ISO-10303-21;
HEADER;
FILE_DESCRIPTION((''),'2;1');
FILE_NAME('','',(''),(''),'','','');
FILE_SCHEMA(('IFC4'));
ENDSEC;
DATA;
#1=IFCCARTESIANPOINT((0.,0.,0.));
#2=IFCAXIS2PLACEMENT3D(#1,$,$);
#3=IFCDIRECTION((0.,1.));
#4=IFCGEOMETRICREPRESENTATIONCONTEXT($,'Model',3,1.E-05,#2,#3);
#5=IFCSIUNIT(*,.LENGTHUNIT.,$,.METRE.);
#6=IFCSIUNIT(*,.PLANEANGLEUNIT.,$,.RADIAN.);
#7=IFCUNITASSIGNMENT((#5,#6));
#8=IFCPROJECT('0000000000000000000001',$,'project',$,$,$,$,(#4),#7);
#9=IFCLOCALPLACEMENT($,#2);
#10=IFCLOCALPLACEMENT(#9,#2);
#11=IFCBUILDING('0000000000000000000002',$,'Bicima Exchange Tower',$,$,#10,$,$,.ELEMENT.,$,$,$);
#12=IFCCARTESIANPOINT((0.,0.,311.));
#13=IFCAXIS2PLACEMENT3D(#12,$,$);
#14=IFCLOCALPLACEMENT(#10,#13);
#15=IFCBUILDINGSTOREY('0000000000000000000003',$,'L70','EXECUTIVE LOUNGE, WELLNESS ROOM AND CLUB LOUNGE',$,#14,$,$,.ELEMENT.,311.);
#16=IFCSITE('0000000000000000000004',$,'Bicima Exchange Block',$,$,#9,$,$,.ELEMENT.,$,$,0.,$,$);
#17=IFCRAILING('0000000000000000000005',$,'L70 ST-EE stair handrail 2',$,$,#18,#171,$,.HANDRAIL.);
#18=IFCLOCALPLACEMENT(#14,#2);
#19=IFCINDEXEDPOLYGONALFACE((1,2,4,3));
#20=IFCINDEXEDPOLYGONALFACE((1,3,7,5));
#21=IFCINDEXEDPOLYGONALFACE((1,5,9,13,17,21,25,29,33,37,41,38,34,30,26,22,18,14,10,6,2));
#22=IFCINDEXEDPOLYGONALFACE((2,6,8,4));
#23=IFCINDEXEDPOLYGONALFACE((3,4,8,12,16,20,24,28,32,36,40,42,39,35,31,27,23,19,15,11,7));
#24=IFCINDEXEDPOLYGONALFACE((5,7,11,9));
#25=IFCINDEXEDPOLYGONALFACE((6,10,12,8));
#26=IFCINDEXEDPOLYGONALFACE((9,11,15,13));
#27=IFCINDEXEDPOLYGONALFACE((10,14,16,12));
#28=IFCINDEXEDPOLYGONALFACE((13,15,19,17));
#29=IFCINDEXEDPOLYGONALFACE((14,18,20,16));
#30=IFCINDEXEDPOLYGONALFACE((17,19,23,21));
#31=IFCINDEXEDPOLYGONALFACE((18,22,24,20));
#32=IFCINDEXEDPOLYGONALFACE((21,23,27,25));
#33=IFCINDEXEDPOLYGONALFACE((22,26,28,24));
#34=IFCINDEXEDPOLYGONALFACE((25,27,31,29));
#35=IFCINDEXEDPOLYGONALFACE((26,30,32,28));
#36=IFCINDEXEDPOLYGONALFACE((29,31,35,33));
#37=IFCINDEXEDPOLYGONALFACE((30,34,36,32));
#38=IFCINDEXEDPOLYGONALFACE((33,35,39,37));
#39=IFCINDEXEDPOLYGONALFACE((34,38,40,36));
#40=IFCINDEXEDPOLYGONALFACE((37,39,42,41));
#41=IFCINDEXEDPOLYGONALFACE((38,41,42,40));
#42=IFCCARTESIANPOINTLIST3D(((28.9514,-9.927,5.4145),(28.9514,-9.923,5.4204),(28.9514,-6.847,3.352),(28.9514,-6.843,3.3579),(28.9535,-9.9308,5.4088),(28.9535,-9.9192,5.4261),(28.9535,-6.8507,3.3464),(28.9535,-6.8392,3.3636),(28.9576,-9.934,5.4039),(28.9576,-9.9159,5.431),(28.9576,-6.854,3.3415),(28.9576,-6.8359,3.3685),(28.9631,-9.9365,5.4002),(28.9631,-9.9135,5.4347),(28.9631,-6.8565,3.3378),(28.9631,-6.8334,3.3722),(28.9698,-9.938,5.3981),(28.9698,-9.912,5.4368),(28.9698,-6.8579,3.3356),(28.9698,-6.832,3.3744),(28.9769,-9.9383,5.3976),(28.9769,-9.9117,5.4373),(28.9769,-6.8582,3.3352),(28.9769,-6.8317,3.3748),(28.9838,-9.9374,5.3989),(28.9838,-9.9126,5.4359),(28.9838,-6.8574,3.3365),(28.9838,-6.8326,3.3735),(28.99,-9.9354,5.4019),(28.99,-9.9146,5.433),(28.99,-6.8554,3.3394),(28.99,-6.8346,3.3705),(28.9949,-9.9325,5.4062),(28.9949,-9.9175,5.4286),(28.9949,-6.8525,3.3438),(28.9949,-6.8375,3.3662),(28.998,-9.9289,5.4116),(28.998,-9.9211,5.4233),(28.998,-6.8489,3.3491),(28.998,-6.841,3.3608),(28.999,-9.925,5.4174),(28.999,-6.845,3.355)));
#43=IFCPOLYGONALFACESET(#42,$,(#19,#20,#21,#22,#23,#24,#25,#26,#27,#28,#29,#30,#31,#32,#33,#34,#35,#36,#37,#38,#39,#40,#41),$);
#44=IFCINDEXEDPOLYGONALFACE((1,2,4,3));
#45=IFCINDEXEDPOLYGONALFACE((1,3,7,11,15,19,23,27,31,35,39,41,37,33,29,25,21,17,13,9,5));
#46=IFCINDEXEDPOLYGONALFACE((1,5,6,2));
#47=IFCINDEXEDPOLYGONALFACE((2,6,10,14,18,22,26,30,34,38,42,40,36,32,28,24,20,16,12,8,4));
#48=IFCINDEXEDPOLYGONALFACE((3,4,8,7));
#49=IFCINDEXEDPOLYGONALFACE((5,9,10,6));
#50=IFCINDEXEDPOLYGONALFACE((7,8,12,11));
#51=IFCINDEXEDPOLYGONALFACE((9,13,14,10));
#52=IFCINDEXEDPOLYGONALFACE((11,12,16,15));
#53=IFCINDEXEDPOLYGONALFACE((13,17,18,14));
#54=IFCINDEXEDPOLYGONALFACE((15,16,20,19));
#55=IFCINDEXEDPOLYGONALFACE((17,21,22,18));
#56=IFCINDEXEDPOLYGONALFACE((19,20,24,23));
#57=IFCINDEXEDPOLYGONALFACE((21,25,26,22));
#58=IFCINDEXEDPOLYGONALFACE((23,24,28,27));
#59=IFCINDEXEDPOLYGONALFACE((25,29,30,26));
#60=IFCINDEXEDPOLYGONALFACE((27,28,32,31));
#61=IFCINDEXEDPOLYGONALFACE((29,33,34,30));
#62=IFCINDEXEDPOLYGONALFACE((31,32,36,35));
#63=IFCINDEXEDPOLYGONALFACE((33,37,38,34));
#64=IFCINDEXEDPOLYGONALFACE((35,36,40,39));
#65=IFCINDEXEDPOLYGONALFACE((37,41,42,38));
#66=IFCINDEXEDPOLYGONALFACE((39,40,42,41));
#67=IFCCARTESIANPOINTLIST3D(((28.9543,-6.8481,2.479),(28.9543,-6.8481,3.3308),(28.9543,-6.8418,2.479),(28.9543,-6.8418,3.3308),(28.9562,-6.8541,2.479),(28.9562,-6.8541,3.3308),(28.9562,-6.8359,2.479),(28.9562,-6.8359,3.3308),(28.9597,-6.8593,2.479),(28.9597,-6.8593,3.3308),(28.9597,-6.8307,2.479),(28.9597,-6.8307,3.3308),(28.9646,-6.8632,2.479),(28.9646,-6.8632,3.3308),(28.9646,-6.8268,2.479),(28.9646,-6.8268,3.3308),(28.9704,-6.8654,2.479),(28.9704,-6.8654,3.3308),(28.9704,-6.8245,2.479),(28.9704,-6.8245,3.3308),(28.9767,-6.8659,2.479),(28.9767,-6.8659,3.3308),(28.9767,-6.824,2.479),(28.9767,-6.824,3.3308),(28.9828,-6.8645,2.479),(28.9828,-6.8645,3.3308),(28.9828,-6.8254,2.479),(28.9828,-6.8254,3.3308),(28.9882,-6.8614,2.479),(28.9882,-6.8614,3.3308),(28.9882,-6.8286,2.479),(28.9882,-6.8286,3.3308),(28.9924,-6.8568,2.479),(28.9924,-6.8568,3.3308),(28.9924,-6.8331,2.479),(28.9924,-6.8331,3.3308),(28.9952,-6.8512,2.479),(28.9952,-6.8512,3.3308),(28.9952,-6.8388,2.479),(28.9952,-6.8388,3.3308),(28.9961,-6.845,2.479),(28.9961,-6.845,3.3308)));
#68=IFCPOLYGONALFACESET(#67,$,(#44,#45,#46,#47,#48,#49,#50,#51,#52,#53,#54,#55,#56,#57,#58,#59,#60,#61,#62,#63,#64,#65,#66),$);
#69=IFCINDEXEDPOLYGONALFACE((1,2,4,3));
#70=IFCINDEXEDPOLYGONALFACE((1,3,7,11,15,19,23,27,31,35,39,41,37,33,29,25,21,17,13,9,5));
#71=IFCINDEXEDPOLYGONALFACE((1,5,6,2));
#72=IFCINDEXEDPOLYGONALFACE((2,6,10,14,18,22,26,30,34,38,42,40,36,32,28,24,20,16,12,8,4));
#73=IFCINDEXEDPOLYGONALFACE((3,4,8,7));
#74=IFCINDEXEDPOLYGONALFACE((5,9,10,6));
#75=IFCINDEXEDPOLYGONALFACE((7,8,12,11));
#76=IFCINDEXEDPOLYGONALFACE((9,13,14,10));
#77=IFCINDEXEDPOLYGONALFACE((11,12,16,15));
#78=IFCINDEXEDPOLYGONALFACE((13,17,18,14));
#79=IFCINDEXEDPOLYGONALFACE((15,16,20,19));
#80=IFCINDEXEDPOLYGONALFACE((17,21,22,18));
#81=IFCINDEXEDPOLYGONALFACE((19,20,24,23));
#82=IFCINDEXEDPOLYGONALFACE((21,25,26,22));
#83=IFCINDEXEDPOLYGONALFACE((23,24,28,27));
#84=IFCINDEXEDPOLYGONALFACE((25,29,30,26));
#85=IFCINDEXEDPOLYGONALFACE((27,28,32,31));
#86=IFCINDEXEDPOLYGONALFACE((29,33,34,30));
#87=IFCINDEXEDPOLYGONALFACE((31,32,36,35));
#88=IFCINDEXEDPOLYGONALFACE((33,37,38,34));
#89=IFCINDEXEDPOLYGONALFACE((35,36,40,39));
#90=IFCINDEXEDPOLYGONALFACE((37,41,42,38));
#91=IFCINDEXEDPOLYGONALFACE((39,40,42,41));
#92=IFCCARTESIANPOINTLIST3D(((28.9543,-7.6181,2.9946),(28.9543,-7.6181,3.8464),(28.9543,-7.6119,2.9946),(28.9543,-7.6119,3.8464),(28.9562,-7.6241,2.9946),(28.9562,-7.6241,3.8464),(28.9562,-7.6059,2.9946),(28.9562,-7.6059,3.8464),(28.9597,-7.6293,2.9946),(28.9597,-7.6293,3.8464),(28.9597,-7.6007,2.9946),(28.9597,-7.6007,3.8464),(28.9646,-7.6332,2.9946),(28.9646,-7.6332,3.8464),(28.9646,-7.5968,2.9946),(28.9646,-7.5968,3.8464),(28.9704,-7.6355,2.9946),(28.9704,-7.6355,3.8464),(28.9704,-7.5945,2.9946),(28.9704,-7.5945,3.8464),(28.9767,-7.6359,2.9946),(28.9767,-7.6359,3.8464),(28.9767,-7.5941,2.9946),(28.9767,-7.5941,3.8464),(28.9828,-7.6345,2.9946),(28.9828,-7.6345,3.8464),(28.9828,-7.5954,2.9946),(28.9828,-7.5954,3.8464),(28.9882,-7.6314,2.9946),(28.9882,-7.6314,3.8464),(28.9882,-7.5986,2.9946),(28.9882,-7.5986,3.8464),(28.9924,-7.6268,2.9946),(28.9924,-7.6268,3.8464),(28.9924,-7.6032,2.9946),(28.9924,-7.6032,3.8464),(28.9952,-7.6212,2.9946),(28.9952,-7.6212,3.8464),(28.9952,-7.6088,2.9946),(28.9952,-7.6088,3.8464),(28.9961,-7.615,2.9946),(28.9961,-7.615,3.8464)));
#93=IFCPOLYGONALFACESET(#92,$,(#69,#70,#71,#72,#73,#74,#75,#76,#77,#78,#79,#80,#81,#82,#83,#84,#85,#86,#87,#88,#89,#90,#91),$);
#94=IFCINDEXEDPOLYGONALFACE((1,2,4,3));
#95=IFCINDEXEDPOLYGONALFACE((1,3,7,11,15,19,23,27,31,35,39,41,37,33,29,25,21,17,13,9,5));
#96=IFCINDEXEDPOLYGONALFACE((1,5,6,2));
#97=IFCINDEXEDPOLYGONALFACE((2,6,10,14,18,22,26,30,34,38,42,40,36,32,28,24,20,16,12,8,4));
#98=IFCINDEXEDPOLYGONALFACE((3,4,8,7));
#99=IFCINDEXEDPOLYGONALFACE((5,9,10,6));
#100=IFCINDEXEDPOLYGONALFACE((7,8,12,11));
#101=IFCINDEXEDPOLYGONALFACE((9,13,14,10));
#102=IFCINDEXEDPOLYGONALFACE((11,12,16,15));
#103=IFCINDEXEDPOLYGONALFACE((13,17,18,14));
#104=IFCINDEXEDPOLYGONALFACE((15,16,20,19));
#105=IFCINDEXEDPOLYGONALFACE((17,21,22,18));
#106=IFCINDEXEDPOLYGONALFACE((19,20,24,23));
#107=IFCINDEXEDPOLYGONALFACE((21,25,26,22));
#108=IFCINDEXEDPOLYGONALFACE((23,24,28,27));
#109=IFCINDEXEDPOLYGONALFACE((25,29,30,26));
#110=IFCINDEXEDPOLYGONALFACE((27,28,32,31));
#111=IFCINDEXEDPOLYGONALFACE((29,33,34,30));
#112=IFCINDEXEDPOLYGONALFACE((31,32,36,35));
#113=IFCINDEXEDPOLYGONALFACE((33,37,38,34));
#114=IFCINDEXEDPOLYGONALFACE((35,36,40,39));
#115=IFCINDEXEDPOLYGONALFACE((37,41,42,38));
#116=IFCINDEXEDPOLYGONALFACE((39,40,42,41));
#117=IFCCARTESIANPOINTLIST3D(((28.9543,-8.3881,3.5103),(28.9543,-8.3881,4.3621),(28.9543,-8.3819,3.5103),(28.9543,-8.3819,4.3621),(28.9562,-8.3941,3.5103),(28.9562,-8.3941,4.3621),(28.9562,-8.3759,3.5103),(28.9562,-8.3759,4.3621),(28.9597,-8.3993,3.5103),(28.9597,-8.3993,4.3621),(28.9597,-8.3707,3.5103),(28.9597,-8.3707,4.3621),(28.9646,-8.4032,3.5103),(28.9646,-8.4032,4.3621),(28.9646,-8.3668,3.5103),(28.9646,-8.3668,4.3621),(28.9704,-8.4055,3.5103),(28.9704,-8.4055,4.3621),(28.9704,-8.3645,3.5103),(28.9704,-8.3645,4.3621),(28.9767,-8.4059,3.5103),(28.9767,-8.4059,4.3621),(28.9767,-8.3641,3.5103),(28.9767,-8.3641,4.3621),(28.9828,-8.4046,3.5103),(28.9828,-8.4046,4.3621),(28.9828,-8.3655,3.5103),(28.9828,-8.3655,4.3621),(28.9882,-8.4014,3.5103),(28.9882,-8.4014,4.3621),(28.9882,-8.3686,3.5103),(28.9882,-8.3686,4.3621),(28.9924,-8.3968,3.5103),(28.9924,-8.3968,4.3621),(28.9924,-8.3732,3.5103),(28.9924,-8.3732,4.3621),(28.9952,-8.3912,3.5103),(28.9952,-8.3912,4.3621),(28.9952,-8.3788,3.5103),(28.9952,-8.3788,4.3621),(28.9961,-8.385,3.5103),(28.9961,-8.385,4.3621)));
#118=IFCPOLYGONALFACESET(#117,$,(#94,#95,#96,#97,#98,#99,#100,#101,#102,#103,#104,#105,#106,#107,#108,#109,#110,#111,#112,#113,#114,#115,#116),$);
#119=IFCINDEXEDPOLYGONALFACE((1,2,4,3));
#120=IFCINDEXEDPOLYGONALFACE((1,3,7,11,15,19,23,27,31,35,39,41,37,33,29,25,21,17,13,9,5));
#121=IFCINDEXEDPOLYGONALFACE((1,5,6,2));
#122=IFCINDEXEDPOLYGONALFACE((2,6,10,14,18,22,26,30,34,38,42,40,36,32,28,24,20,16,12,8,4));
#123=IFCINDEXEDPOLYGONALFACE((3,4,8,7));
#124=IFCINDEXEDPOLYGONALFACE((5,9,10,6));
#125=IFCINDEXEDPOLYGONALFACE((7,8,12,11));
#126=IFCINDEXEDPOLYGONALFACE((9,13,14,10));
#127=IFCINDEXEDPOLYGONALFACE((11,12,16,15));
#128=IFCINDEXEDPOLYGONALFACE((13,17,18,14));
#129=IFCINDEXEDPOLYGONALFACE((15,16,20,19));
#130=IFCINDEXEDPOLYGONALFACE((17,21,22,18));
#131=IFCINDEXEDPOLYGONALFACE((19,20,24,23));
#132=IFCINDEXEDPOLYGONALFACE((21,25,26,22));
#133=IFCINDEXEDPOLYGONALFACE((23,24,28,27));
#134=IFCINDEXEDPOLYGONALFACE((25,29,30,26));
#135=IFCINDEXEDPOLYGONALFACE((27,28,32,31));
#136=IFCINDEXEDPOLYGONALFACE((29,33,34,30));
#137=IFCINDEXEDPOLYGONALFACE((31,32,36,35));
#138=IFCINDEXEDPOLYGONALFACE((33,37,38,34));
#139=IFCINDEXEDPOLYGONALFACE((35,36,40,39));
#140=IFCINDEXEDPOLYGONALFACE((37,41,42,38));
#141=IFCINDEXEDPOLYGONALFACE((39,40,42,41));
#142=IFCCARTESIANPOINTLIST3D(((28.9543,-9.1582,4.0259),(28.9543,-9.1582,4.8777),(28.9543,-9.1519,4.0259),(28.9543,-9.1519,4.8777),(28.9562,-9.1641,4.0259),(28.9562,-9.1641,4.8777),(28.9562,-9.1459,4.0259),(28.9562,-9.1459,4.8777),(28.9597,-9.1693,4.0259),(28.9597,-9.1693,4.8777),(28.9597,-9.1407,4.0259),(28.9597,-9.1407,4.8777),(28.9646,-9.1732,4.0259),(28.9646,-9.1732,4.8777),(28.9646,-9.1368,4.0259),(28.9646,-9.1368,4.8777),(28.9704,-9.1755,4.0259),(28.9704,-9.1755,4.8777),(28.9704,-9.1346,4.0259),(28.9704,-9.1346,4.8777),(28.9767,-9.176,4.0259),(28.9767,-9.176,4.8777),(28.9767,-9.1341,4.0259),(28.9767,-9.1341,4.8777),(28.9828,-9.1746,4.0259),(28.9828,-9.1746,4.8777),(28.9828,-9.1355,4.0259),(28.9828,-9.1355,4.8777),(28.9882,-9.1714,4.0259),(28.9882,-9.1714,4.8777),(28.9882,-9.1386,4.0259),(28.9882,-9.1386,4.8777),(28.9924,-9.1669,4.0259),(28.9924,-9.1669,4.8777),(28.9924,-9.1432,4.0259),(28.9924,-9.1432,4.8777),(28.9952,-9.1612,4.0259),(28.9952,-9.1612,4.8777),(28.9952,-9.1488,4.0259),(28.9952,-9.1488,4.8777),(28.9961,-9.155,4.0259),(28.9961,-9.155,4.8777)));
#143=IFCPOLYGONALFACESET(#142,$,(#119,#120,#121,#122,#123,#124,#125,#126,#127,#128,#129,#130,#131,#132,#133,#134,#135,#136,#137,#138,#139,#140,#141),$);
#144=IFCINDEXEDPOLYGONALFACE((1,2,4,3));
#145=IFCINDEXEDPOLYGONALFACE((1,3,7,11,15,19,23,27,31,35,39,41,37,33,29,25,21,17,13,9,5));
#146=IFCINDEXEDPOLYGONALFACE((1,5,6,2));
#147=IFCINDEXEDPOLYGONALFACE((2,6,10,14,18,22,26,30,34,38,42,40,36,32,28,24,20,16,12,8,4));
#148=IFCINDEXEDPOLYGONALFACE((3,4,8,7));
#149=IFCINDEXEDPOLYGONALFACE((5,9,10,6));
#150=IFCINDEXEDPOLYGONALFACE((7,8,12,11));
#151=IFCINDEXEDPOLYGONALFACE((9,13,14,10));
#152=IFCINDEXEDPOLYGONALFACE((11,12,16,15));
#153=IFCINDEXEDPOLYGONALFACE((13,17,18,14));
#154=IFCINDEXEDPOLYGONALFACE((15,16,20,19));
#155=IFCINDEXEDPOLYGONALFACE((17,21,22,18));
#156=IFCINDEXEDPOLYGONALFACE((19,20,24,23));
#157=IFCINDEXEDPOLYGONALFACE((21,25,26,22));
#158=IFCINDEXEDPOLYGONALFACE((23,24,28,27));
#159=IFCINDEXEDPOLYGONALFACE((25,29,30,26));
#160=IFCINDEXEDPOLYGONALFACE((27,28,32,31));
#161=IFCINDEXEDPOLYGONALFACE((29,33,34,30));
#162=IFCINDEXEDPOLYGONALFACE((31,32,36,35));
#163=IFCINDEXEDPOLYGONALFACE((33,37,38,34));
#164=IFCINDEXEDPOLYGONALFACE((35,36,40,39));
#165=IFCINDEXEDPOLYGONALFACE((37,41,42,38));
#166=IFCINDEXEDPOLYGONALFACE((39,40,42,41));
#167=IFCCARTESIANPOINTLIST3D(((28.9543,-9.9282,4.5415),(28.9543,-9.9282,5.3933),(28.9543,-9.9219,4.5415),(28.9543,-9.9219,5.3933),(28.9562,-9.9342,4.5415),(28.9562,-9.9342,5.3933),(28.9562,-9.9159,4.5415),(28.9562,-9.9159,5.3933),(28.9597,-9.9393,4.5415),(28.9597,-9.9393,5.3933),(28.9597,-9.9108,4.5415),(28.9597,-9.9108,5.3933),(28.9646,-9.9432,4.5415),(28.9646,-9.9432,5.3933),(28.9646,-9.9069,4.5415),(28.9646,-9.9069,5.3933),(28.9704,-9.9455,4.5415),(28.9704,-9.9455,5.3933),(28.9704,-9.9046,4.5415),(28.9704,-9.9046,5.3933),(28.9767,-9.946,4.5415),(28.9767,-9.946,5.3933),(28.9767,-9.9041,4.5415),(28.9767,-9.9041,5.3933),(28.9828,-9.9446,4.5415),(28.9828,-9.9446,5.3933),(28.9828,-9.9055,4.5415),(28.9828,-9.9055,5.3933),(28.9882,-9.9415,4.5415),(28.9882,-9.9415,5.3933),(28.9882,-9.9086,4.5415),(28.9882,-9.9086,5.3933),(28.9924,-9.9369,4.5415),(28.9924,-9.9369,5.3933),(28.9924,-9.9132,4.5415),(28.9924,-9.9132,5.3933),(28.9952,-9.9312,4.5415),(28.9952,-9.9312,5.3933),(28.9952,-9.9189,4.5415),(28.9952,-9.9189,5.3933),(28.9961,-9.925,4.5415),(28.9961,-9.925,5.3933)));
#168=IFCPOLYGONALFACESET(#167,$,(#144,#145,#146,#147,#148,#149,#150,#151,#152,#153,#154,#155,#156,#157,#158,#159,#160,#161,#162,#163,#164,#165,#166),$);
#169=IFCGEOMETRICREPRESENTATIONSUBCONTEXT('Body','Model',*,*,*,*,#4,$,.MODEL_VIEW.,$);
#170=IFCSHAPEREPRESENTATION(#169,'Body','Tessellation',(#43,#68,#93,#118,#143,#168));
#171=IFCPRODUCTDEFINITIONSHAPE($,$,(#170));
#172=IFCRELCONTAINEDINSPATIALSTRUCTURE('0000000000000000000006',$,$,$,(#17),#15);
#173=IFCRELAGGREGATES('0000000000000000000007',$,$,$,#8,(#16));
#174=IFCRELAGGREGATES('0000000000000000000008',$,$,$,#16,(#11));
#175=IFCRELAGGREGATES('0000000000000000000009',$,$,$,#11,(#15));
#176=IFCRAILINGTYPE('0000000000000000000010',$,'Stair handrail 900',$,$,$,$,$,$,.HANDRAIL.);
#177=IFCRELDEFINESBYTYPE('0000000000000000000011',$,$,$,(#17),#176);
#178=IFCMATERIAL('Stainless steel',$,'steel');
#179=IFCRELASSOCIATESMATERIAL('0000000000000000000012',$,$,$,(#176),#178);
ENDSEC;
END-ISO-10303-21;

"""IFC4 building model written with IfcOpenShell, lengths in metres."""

from ifc_helpers import new_model, si_unit, direction, frame, origin, origin_2d, place, context, subcontext, project, spatial, circle, extrude, material, type_object, element, save


model = new_model("IFC4")

# Units and contexts
model_context = context("Model", 3, precision=1e-05, world=origin(), true_north=direction((0.0, 1.0)))
body_context = subcontext(model_context, "Body", "Model", "MODEL_VIEW")
ifc_project = project(units=[si_unit("LENGTHUNIT", "METRE"), si_unit("PLANEANGLEUNIT", "RADIAN")], contexts=[model_context])

# Site, building, storey
site_placement = place(None, origin())
site = spatial("IfcSite", under=ifc_project, at=site_placement, Name="Bicima Exchange Block", CompositionType="ELEMENT", RefElevation=0.0)
building_placement = place(site_placement, origin())
building = spatial("IfcBuilding", under=site, at=building_placement, Name="Bicima Exchange Tower", CompositionType="ELEMENT")
storey_placement = place(building_placement, frame((0.0, 0.0, 311.0)))
storey = spatial("IfcBuildingStorey", under=building, at=storey_placement, Name="L70", Description="EXECUTIVE LOUNGE, WELLNESS ROOM AND CLUB LOUNGE", CompositionType="ELEMENT", Elevation=311.0)

# Railing
ifc_material_1 = material(Name="Stainless steel", Category="steel")
railing_type_1 = type_object("IfcRailingType", Name="Stair handrail 900", PredefinedType="HANDRAIL", material=ifc_material_1)
for number, where, name in (
    (1, (28.9751, -6.845, 2.479), "L70 ST-EE stair handrail 2"),
):
    element("IfcRailing", number, at=place(storey_placement, frame(where)), inside=storey, type_object=railing_type_1, Name=name, PredefinedType="HANDRAIL", context=body_context, shape_type="SweptSolid", body=[
        extrude(circle(Radius=0.0239, at=origin_2d()), frame((0.0, 0.0, 0.876), z_axis=(0.0, -0.830914, 0.556401), x_axis=(1.0, 0.0, 0.0)), (0.0, 0.0, 1.0), 3.7068),
        extrude(circle(Radius=0.021, at=origin_2d()), origin(), (0.0, 0.0, 1.0), 0.8518),
        extrude(circle(Radius=0.021, at=origin_2d()), frame((0.0, -0.77, 0.5156)), (0.0, 0.0, 1.0), 0.8518),
        extrude(circle(Radius=0.021, at=origin_2d()), frame((0.0, -1.54, 1.0312)), (0.0, 0.0, 1.0), 0.8518),
        extrude(circle(Radius=0.021, at=origin_2d()), frame((0.0, -2.3101, 1.5469)), (0.0, 0.0, 1.0), 0.8518),
        extrude(circle(Radius=0.021, at=origin_2d()), frame((0.0, -3.0801, 2.0625)), (0.0, 0.0, 1.0), 0.8518),
    ])

save(model, "model.ifc")
